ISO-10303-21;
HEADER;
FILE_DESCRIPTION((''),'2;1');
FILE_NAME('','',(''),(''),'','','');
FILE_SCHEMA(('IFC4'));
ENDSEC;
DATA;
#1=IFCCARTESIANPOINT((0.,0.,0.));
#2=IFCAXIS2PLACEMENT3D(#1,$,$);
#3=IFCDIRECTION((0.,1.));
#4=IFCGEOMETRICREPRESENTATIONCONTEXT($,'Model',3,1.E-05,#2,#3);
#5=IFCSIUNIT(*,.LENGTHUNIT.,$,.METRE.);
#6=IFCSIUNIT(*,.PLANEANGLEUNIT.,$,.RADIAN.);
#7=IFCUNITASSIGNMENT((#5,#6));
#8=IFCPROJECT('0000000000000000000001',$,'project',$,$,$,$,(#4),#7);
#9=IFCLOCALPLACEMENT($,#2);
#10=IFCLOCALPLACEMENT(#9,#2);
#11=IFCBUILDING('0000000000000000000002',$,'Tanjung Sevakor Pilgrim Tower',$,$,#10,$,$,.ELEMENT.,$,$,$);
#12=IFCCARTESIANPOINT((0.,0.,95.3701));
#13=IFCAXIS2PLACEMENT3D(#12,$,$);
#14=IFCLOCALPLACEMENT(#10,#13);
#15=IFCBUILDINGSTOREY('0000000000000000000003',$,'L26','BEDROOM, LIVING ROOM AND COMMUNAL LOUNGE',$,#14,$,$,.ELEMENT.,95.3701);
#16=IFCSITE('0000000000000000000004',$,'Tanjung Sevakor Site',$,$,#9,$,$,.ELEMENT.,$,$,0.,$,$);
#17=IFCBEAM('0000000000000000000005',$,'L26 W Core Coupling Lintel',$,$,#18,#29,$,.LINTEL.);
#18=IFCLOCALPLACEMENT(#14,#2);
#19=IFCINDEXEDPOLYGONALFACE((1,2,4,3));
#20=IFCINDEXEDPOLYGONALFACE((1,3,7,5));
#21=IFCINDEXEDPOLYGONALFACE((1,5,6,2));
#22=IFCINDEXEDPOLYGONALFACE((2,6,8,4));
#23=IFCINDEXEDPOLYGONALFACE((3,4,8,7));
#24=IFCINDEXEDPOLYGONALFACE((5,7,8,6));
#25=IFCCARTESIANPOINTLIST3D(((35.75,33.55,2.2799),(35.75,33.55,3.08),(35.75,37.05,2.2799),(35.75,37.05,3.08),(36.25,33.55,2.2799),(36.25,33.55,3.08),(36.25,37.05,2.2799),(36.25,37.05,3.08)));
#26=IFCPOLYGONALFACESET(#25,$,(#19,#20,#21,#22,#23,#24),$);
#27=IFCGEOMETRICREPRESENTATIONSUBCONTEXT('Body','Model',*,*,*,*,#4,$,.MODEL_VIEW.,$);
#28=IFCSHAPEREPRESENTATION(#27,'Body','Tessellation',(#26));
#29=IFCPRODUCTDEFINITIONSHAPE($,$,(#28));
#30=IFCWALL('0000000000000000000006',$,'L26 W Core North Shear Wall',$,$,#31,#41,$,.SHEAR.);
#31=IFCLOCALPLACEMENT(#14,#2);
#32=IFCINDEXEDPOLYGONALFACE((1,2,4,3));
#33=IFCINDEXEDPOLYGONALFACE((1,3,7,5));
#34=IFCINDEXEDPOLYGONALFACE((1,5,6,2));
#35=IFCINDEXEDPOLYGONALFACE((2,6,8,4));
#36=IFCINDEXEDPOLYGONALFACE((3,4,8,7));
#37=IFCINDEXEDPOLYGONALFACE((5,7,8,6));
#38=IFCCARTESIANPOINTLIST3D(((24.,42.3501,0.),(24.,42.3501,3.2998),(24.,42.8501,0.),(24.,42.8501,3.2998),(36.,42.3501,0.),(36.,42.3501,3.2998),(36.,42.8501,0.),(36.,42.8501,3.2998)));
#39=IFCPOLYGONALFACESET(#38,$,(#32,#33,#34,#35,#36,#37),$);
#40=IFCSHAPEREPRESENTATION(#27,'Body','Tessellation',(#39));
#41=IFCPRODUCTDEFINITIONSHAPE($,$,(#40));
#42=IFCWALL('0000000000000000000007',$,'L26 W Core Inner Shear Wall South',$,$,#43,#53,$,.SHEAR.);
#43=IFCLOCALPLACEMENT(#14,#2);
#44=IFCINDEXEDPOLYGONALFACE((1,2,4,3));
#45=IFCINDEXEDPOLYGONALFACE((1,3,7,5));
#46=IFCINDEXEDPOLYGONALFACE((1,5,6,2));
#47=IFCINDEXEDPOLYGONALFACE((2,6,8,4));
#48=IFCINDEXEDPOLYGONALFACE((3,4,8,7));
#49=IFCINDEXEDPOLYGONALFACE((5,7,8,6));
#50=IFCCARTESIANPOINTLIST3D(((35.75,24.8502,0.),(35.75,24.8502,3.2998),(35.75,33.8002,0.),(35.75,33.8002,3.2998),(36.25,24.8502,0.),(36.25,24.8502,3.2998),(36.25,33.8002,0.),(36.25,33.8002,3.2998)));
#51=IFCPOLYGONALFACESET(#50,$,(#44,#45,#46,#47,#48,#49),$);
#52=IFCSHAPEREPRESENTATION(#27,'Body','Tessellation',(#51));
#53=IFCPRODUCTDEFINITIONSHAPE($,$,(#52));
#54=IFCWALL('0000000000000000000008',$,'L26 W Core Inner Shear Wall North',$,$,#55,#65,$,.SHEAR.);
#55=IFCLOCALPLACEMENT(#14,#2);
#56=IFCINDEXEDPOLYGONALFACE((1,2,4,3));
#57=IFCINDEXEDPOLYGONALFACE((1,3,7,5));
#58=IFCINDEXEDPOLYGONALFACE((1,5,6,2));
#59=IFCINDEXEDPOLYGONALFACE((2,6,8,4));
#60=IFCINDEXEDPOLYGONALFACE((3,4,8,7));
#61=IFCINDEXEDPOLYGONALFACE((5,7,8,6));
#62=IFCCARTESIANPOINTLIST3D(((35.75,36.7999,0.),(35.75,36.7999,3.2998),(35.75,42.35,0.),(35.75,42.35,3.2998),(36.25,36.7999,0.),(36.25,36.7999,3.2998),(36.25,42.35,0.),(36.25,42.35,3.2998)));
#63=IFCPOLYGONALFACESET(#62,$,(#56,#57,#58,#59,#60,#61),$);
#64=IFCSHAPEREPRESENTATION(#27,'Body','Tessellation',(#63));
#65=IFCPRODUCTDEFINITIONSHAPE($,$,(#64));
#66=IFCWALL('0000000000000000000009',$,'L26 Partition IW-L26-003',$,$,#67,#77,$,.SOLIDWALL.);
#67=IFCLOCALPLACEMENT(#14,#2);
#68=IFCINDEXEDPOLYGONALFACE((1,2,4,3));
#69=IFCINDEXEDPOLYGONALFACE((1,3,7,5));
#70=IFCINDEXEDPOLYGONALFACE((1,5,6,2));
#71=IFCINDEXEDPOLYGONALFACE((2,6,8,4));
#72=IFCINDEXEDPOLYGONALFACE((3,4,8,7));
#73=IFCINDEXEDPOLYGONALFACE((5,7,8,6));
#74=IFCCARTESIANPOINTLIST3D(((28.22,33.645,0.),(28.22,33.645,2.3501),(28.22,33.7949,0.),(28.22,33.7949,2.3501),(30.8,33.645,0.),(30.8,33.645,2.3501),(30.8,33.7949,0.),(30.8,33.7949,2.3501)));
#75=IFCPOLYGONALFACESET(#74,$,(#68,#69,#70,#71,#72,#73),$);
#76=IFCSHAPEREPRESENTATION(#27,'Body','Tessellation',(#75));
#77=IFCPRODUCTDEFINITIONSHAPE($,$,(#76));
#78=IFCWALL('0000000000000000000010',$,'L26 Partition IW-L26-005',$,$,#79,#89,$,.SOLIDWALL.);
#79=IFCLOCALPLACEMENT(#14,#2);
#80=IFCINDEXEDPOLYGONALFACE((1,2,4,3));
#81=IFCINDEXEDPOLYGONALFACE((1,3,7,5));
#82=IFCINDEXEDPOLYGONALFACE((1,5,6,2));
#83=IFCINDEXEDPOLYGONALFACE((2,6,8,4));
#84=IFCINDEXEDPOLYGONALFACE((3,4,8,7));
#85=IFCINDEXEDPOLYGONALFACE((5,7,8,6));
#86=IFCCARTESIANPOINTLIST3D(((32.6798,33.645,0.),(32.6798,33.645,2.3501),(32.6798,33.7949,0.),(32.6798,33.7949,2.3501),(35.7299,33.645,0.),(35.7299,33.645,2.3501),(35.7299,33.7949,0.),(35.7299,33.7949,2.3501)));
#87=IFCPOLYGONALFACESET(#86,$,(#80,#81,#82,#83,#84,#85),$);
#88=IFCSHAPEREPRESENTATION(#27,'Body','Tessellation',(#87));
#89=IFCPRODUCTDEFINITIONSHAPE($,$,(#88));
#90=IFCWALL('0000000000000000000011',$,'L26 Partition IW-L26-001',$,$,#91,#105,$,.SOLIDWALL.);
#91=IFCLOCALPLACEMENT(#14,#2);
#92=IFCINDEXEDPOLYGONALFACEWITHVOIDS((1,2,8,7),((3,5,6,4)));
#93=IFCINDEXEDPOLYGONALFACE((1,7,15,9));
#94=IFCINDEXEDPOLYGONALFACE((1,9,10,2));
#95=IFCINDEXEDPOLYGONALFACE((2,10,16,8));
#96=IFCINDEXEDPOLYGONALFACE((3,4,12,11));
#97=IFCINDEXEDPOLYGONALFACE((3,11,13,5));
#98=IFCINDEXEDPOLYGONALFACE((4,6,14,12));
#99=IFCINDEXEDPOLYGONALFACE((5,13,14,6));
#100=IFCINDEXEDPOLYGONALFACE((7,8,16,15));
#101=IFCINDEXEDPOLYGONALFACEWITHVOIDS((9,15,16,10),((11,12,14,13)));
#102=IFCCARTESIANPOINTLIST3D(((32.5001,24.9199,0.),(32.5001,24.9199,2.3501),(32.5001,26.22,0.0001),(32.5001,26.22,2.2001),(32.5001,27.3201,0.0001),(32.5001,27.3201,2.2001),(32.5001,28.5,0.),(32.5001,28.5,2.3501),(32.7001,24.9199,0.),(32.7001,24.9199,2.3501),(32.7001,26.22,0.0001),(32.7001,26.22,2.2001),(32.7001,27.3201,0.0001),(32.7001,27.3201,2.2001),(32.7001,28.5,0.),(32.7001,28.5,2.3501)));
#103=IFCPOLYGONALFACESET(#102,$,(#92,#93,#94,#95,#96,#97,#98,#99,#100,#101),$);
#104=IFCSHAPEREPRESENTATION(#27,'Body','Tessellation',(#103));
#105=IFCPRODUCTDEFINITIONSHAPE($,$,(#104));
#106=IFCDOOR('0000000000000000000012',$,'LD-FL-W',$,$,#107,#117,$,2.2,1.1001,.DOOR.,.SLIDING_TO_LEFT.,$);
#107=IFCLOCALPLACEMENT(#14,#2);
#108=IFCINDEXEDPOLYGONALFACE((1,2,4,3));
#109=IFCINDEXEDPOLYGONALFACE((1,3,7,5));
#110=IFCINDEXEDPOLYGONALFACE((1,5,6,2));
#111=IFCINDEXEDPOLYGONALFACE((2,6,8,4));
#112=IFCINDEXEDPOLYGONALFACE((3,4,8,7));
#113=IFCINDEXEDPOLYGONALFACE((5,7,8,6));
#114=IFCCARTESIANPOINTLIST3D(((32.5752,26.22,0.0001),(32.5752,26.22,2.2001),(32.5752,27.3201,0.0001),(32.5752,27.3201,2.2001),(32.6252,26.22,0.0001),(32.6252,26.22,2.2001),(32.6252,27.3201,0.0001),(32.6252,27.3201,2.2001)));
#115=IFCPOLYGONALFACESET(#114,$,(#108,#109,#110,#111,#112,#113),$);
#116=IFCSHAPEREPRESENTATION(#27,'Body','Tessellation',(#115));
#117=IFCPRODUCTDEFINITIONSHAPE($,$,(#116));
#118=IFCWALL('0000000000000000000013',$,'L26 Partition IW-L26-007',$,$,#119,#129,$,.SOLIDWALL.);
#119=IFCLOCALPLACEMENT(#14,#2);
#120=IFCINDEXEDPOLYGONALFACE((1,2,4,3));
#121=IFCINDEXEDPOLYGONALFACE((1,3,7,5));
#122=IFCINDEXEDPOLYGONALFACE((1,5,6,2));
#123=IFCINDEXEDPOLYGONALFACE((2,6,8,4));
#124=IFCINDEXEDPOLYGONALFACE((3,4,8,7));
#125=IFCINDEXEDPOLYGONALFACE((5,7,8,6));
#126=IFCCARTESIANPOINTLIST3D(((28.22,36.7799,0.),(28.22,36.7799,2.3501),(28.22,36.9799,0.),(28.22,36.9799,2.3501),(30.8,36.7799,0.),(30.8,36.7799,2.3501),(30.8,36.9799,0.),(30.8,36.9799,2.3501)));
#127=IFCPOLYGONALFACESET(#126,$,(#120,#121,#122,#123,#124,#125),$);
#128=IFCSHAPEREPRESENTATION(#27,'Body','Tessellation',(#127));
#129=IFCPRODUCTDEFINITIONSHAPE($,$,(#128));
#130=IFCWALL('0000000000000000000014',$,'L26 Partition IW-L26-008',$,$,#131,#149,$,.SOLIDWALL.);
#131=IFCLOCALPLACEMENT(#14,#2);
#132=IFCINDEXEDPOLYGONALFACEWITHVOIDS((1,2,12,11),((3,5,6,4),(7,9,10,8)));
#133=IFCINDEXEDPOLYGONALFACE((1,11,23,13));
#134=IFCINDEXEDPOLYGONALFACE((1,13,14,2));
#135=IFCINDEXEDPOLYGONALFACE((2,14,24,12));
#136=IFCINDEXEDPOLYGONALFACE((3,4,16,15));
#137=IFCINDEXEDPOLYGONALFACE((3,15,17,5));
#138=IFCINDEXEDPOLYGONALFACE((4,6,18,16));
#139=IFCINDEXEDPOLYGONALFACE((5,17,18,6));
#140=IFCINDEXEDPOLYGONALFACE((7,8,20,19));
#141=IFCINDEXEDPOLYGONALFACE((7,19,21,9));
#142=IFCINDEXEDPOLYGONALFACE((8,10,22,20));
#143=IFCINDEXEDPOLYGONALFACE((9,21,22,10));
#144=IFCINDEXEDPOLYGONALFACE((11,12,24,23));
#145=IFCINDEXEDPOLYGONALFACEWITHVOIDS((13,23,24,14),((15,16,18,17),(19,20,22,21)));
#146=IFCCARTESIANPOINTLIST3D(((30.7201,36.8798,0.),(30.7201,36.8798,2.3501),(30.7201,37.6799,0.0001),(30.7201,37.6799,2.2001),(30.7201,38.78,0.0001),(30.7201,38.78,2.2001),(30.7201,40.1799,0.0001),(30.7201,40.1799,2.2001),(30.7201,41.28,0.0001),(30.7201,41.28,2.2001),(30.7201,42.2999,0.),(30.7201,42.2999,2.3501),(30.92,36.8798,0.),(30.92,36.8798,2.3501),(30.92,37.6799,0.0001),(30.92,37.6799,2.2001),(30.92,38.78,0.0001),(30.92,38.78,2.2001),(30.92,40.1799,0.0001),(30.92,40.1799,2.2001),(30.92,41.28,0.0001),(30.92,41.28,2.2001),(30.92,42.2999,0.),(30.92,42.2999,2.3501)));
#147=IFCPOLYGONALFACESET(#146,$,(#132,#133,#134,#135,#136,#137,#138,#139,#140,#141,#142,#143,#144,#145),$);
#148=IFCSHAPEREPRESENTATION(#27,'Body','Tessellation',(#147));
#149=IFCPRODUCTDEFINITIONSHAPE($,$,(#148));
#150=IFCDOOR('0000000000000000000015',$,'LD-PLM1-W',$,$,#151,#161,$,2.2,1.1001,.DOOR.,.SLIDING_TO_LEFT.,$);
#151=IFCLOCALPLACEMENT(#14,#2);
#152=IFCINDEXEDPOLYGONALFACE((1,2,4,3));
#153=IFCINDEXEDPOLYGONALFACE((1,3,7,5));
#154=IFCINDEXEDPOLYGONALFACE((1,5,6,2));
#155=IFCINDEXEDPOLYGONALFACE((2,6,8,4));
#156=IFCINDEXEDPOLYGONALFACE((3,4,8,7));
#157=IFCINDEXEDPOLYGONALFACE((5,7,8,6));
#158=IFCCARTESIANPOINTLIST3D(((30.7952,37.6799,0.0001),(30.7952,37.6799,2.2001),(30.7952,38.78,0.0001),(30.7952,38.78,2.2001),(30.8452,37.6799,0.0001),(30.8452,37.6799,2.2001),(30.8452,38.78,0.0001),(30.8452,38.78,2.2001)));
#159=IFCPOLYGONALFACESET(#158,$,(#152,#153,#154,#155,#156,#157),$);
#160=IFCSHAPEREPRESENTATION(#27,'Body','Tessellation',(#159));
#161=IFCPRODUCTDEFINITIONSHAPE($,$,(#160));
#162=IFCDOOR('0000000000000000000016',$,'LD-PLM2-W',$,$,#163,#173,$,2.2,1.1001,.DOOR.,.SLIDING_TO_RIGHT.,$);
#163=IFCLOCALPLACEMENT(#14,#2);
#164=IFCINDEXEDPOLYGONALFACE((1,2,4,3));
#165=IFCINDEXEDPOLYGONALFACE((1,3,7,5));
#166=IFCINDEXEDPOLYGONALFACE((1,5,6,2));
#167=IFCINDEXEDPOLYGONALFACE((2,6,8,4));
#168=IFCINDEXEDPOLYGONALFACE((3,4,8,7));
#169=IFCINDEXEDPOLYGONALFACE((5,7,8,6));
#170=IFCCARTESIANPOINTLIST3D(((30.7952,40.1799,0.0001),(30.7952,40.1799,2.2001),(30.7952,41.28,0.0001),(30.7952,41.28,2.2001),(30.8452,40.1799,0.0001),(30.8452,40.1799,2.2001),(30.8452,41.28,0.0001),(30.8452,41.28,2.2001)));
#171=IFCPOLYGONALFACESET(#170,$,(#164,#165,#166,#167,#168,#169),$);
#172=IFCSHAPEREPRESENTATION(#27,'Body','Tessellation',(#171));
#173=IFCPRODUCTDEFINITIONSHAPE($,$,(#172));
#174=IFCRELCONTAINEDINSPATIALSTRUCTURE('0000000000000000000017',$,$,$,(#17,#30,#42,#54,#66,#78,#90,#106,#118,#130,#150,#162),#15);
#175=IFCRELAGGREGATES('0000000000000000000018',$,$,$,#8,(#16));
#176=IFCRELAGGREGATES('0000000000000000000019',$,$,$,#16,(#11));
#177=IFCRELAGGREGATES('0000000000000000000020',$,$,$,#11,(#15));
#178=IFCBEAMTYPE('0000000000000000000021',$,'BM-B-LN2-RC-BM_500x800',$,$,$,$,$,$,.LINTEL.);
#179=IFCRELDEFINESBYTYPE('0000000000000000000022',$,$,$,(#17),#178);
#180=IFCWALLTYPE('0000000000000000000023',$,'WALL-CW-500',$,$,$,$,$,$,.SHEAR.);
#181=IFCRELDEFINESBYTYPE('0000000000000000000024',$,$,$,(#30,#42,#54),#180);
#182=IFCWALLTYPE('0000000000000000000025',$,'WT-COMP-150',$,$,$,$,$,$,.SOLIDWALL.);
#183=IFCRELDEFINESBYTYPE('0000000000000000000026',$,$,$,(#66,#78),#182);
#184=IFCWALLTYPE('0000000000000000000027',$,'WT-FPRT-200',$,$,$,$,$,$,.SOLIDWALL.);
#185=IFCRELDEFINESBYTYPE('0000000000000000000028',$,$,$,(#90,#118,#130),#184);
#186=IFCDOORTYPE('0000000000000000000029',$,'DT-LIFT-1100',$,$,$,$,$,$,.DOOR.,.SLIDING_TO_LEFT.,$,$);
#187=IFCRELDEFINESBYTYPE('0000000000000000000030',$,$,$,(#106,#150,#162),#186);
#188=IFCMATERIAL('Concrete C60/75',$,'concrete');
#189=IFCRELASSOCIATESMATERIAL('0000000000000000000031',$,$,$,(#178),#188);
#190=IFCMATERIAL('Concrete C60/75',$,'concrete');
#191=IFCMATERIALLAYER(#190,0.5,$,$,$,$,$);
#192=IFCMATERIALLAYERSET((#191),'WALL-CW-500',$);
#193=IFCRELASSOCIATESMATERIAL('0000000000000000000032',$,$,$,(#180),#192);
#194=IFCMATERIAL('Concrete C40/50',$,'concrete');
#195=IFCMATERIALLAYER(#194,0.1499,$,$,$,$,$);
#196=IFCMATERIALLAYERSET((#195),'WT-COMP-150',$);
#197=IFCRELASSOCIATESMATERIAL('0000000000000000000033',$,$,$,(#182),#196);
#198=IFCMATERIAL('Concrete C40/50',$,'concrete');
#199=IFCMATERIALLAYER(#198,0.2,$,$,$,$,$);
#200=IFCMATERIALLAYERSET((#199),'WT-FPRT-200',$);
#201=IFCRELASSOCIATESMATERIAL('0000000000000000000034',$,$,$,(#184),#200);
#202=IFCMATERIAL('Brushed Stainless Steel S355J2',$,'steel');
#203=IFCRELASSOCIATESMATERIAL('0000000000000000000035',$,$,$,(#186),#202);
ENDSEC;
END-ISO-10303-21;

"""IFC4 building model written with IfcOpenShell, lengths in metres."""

from ifc_helpers import new_model, si_unit, direction, frame, frame_2d, origin, origin_2d, place, context, subcontext, project, spatial, rectangle, extrude, material, layer, layer_set, material_profile, profile_set, type_object, element, fill, save


model = new_model("IFC4")

# Units and contexts
model_context = context("Model", 3, precision=1e-05, world=origin(), true_north=direction((0.0, 1.0)))
body_context = subcontext(model_context, "Body", "Model", "MODEL_VIEW")
ifc_project = project(units=[si_unit("LENGTHUNIT", "METRE"), si_unit("PLANEANGLEUNIT", "RADIAN")], contexts=[model_context])

# Site, building, storey
site_placement = place(None, origin())
site = spatial("IfcSite", under=ifc_project, at=site_placement, Name="Tanjung Sevakor Site", CompositionType="ELEMENT", RefElevation=0.0)
building_placement = place(site_placement, origin())
building = spatial("IfcBuilding", under=site, at=building_placement, Name="Tanjung Sevakor Pilgrim Tower", CompositionType="ELEMENT")
storey_placement = place(building_placement, frame((0.0, 0.0, 95.3701)))
storey = spatial("IfcBuildingStorey", under=building, at=storey_placement, Name="L26", Description="BEDROOM, LIVING ROOM AND COMMUNAL LOUNGE", CompositionType="ELEMENT", Elevation=95.3701)

# Beam
ifc_material_1 = material(Name="Concrete C60/75", Category="concrete")
ifc_material_profile_1 = material_profile(ifc_material_1, rectangle(XDim=0.5, YDim=0.8, at=origin_2d()))
ifc_profile_set_1 = profile_set([ifc_material_profile_1], Name="Concrete C60/75")
beam_type_1 = type_object("IfcBeamType", Name="BM-B-LN2-RC-BM_500x800", PredefinedType="LINTEL", material=ifc_profile_set_1)
beam_1_placement = place(storey_placement, frame((36.0, 33.55, 2.6799), z_axis=(0.0, 1.0, 0.0), x_axis=(-1.0, 0.0, 0.0)))
element("IfcBeam", 1, at=beam_1_placement, inside=storey, type_object=beam_type_1, Name="L26 W Core Coupling Lintel", PredefinedType="LINTEL", context=body_context, shape_type="SweptSolid", body=[
    extrude(rectangle(XDim=0.5, YDim=0.8, at=origin_2d()), origin(), (0.0, 0.0, 1.0), 3.5),
])

# Walls
ifc_material_2 = material(Name="Concrete C60/75", Category="concrete")
ifc_layer_1 = layer(ifc_material_2, 0.5)
ifc_layer_set_1 = layer_set([ifc_layer_1], Name="WALL-CW-500")
wall_type_1 = type_object("IfcWallType", Name="WALL-CW-500", PredefinedType="SHEAR", material=ifc_layer_set_1)
wall_1_placement = place(storey_placement, frame((36.0, 42.6001, 0.0), z_axis=(0.0, 0.0, 1.0), x_axis=(-1.0, 0.0, 0.0)))
element("IfcWall", 2, at=wall_1_placement, inside=storey, type_object=wall_type_1, Name="L26 W Core North Shear Wall", PredefinedType="SHEAR", context=body_context, shape_type="SweptSolid", body=[
    extrude(rectangle(XDim=12.0, YDim=0.5, at=frame_2d((6.0, 0.0))), origin(), (0.0, 0.0, 1.0), 3.2998),
])
wall_2_placement = place(storey_placement, frame((36.0, 24.8501, 0.0), z_axis=(0.0, 0.0, 1.0), x_axis=(0.0, 1.0, 0.0)))
element("IfcWall", 3, at=wall_2_placement, inside=storey, type_object=wall_type_1, Name="L26 W Core Inner Shear Wall South", PredefinedType="SHEAR", context=body_context, shape_type="SweptSolid", body=[
    extrude(rectangle(XDim=8.95, YDim=0.5, at=frame_2d((4.4751, 0.0))), origin(), (0.0, 0.0, 1.0), 3.2998),
])
wall_3_placement = place(storey_placement, frame((36.0, 36.8, 0.0), z_axis=(0.0, 0.0, 1.0), x_axis=(0.0, 1.0, 0.0)))
element("IfcWall", 4, at=wall_3_placement, inside=storey, type_object=wall_type_1, Name="L26 W Core Inner Shear Wall North", PredefinedType="SHEAR", context=body_context, shape_type="SweptSolid", body=[
    extrude(rectangle(XDim=5.55, YDim=0.5, at=frame_2d((2.7749, 0.0))), origin(), (0.0, 0.0, 1.0), 3.2998),
])
ifc_material_3 = material(Name="Concrete C40/50", Category="concrete")
ifc_layer_2 = layer(ifc_material_3, 0.1499)
ifc_layer_set_2 = layer_set([ifc_layer_2], Name="WT-COMP-150")
wall_type_2 = type_object("IfcWallType", Name="WT-COMP-150", PredefinedType="SOLIDWALL", material=ifc_layer_set_2)
wall_4_placement = place(storey_placement, frame((28.22, 33.72, 0.0), z_axis=(0.0, 0.0, 1.0), x_axis=(1.0, 0.0, 0.0)))
element("IfcWall", 5, at=wall_4_placement, inside=storey, type_object=wall_type_2, Name="L26 Partition IW-L26-003", PredefinedType="SOLIDWALL", context=body_context, shape_type="SweptSolid", body=[
    extrude(rectangle(XDim=2.5801, YDim=0.1499, at=frame_2d((1.29, 0.0))), origin(), (0.0, 0.0, 1.0), 2.3501),
])

# Wall
wall_5_placement = place(storey_placement, frame((32.6799, 33.72, 0.0), z_axis=(0.0, 0.0, 1.0), x_axis=(1.0, 0.0, 0.0)))
element("IfcWall", 6, at=wall_5_placement, inside=storey, type_object=wall_type_2, Name="L26 Partition IW-L26-005", PredefinedType="SOLIDWALL", context=body_context, shape_type="SweptSolid", body=[
    extrude(rectangle(XDim=3.05, YDim=0.1499, at=frame_2d((1.5249, 0.0))), origin(), (0.0, 0.0, 1.0), 2.3501),
])

# Wall, opening, door
ifc_material_4 = material(Name="Concrete C40/50", Category="concrete")
ifc_layer_3 = layer(ifc_material_4, 0.2)
ifc_layer_set_3 = layer_set([ifc_layer_3], Name="WT-FPRT-200")
wall_type_3 = type_object("IfcWallType", Name="WT-FPRT-200", PredefinedType="SOLIDWALL", material=ifc_layer_set_3)
wall_6_placement = place(storey_placement, frame((32.6001, 24.9199, 0.0), z_axis=(0.0, 0.0, 1.0), x_axis=(0.0, 1.0, 0.0)))
wall_6 = element("IfcWall", 7, at=wall_6_placement, inside=storey, type_object=wall_type_3, Name="L26 Partition IW-L26-001", PredefinedType="SOLIDWALL", context=body_context, shape_type="SweptSolid", body=[
    extrude(rectangle(XDim=3.5801, YDim=0.2, at=frame_2d((1.79, 0.0))), origin(), (0.0, 0.0, 1.0), 2.3501),
])
opening_1_placement = place(wall_6_placement, frame((1.3, 0.0, 0.0)))
opening_1 = element("IfcOpeningElement", 8, at=opening_1_placement, cuts=wall_6, PredefinedType="OPENING", context=body_context, shape_type="SweptSolid", body=[
    extrude(rectangle(XDim=1.1001, YDim=2.2, at=frame_2d((0.55, 1.1001))), frame((0.0, 0.1099, 0.0), z_axis=(0.0, -1.0, 0.0), x_axis=(1.0, 0.0, 0.0)), (0.0, 0.0, 1.0), 0.22),
])
ifc_material_5 = material(Name="Brushed Stainless Steel S355J2", Category="steel")
door_type_1 = type_object("IfcDoorType", Name="DT-LIFT-1100", OperationType="SLIDING_TO_LEFT", PredefinedType="DOOR", material=ifc_material_5)
door_1_placement = place(opening_1_placement, origin())
door_1 = element("IfcDoor", 9, at=door_1_placement, inside=storey, type_object=door_type_1, Name="LD-FL-W", OperationType="SLIDING_TO_LEFT", OverallHeight=2.2, OverallWidth=1.1001, PredefinedType="DOOR", context=body_context, shape_type="SweptSolid", body=[
    extrude(rectangle(XDim=1.1001, YDim=2.2, at=frame_2d((0.55, 1.1001))), frame((0.0, 0.0249, 0.0), z_axis=(0.0, -1.0, 0.0), x_axis=(1.0, 0.0, 0.0)), (0.0, 0.0, 1.0), 0.05),
])
fill(opening_1, door_1)

# Wall
wall_7_placement = place(storey_placement, frame((28.22, 36.8799, 0.0), z_axis=(0.0, 0.0, 1.0), x_axis=(1.0, 0.0, 0.0)))
element("IfcWall", 10, at=wall_7_placement, inside=storey, type_object=wall_type_3, Name="L26 Partition IW-L26-007", PredefinedType="SOLIDWALL", context=body_context, shape_type="SweptSolid", body=[
    extrude(rectangle(XDim=2.5801, YDim=0.2, at=frame_2d((1.29, 0.0))), origin(), (0.0, 0.0, 1.0), 2.3501),
])

# Wall, openings, doors
wall_8_placement = place(storey_placement, frame((30.8201, 36.8799, 0.0), z_axis=(0.0, 0.0, 1.0), x_axis=(0.0, 1.0, 0.0)))
wall_8 = element("IfcWall", 11, at=wall_8_placement, inside=storey, type_object=wall_type_3, Name="L26 Partition IW-L26-008", PredefinedType="SOLIDWALL", context=body_context, shape_type="SweptSolid", body=[
    extrude(rectangle(XDim=5.4202, YDim=0.2, at=frame_2d((2.71, 0.0))), origin(), (0.0, 0.0, 1.0), 2.3501),
])
opening_2_placement = place(wall_8_placement, frame((0.8, 0.0, 0.0)))
opening_2 = element("IfcOpeningElement", 12, at=opening_2_placement, cuts=wall_8, PredefinedType="OPENING", context=body_context, shape_type="SweptSolid", body=[
    extrude(rectangle(XDim=1.1001, YDim=2.2, at=frame_2d((0.55, 1.1001))), frame((0.0, 0.1099, 0.0), z_axis=(0.0, -1.0, 0.0), x_axis=(1.0, 0.0, 0.0)), (0.0, 0.0, 1.0), 0.22),
])
opening_3_placement = place(wall_8_placement, frame((3.3, 0.0, 0.0)))
opening_3 = element("IfcOpeningElement", 13, at=opening_3_placement, cuts=wall_8, PredefinedType="OPENING", context=body_context, shape_type="SweptSolid", body=[
    extrude(rectangle(XDim=1.1001, YDim=2.2, at=frame_2d((0.55, 1.1001))), frame((0.0, 0.1099, 0.0), z_axis=(0.0, -1.0, 0.0), x_axis=(1.0, 0.0, 0.0)), (0.0, 0.0, 1.0), 0.22),
])
door_2_placement = place(opening_2_placement, origin())
door_2 = element("IfcDoor", 14, at=door_2_placement, inside=storey, type_object=door_type_1, Name="LD-PLM1-W", OperationType="SLIDING_TO_LEFT", OverallHeight=2.2, OverallWidth=1.1001, PredefinedType="DOOR", context=body_context, shape_type="SweptSolid", body=[
    extrude(rectangle(XDim=1.1001, YDim=2.2, at=frame_2d((0.55, 1.1001))), frame((0.0, 0.0249, 0.0), z_axis=(0.0, -1.0, 0.0), x_axis=(1.0, 0.0, 0.0)), (0.0, 0.0, 1.0), 0.05),
])
fill(opening_2, door_2)
door_3_placement = place(opening_3_placement, origin())
door_3 = element("IfcDoor", 15, at=door_3_placement, inside=storey, type_object=door_type_1, Name="LD-PLM2-W", OperationType="SLIDING_TO_RIGHT", OverallHeight=2.2, OverallWidth=1.1001, PredefinedType="DOOR", context=body_context, shape_type="SweptSolid", body=[
    extrude(rectangle(XDim=1.1001, YDim=2.2, at=frame_2d((0.55, 1.1001))), frame((0.0, 0.0249, 0.0), z_axis=(0.0, -1.0, 0.0), x_axis=(1.0, 0.0, 0.0)), (0.0, 0.0, 1.0), 0.05),
])
fill(opening_3, door_3)

save(model, "model.ifc")
